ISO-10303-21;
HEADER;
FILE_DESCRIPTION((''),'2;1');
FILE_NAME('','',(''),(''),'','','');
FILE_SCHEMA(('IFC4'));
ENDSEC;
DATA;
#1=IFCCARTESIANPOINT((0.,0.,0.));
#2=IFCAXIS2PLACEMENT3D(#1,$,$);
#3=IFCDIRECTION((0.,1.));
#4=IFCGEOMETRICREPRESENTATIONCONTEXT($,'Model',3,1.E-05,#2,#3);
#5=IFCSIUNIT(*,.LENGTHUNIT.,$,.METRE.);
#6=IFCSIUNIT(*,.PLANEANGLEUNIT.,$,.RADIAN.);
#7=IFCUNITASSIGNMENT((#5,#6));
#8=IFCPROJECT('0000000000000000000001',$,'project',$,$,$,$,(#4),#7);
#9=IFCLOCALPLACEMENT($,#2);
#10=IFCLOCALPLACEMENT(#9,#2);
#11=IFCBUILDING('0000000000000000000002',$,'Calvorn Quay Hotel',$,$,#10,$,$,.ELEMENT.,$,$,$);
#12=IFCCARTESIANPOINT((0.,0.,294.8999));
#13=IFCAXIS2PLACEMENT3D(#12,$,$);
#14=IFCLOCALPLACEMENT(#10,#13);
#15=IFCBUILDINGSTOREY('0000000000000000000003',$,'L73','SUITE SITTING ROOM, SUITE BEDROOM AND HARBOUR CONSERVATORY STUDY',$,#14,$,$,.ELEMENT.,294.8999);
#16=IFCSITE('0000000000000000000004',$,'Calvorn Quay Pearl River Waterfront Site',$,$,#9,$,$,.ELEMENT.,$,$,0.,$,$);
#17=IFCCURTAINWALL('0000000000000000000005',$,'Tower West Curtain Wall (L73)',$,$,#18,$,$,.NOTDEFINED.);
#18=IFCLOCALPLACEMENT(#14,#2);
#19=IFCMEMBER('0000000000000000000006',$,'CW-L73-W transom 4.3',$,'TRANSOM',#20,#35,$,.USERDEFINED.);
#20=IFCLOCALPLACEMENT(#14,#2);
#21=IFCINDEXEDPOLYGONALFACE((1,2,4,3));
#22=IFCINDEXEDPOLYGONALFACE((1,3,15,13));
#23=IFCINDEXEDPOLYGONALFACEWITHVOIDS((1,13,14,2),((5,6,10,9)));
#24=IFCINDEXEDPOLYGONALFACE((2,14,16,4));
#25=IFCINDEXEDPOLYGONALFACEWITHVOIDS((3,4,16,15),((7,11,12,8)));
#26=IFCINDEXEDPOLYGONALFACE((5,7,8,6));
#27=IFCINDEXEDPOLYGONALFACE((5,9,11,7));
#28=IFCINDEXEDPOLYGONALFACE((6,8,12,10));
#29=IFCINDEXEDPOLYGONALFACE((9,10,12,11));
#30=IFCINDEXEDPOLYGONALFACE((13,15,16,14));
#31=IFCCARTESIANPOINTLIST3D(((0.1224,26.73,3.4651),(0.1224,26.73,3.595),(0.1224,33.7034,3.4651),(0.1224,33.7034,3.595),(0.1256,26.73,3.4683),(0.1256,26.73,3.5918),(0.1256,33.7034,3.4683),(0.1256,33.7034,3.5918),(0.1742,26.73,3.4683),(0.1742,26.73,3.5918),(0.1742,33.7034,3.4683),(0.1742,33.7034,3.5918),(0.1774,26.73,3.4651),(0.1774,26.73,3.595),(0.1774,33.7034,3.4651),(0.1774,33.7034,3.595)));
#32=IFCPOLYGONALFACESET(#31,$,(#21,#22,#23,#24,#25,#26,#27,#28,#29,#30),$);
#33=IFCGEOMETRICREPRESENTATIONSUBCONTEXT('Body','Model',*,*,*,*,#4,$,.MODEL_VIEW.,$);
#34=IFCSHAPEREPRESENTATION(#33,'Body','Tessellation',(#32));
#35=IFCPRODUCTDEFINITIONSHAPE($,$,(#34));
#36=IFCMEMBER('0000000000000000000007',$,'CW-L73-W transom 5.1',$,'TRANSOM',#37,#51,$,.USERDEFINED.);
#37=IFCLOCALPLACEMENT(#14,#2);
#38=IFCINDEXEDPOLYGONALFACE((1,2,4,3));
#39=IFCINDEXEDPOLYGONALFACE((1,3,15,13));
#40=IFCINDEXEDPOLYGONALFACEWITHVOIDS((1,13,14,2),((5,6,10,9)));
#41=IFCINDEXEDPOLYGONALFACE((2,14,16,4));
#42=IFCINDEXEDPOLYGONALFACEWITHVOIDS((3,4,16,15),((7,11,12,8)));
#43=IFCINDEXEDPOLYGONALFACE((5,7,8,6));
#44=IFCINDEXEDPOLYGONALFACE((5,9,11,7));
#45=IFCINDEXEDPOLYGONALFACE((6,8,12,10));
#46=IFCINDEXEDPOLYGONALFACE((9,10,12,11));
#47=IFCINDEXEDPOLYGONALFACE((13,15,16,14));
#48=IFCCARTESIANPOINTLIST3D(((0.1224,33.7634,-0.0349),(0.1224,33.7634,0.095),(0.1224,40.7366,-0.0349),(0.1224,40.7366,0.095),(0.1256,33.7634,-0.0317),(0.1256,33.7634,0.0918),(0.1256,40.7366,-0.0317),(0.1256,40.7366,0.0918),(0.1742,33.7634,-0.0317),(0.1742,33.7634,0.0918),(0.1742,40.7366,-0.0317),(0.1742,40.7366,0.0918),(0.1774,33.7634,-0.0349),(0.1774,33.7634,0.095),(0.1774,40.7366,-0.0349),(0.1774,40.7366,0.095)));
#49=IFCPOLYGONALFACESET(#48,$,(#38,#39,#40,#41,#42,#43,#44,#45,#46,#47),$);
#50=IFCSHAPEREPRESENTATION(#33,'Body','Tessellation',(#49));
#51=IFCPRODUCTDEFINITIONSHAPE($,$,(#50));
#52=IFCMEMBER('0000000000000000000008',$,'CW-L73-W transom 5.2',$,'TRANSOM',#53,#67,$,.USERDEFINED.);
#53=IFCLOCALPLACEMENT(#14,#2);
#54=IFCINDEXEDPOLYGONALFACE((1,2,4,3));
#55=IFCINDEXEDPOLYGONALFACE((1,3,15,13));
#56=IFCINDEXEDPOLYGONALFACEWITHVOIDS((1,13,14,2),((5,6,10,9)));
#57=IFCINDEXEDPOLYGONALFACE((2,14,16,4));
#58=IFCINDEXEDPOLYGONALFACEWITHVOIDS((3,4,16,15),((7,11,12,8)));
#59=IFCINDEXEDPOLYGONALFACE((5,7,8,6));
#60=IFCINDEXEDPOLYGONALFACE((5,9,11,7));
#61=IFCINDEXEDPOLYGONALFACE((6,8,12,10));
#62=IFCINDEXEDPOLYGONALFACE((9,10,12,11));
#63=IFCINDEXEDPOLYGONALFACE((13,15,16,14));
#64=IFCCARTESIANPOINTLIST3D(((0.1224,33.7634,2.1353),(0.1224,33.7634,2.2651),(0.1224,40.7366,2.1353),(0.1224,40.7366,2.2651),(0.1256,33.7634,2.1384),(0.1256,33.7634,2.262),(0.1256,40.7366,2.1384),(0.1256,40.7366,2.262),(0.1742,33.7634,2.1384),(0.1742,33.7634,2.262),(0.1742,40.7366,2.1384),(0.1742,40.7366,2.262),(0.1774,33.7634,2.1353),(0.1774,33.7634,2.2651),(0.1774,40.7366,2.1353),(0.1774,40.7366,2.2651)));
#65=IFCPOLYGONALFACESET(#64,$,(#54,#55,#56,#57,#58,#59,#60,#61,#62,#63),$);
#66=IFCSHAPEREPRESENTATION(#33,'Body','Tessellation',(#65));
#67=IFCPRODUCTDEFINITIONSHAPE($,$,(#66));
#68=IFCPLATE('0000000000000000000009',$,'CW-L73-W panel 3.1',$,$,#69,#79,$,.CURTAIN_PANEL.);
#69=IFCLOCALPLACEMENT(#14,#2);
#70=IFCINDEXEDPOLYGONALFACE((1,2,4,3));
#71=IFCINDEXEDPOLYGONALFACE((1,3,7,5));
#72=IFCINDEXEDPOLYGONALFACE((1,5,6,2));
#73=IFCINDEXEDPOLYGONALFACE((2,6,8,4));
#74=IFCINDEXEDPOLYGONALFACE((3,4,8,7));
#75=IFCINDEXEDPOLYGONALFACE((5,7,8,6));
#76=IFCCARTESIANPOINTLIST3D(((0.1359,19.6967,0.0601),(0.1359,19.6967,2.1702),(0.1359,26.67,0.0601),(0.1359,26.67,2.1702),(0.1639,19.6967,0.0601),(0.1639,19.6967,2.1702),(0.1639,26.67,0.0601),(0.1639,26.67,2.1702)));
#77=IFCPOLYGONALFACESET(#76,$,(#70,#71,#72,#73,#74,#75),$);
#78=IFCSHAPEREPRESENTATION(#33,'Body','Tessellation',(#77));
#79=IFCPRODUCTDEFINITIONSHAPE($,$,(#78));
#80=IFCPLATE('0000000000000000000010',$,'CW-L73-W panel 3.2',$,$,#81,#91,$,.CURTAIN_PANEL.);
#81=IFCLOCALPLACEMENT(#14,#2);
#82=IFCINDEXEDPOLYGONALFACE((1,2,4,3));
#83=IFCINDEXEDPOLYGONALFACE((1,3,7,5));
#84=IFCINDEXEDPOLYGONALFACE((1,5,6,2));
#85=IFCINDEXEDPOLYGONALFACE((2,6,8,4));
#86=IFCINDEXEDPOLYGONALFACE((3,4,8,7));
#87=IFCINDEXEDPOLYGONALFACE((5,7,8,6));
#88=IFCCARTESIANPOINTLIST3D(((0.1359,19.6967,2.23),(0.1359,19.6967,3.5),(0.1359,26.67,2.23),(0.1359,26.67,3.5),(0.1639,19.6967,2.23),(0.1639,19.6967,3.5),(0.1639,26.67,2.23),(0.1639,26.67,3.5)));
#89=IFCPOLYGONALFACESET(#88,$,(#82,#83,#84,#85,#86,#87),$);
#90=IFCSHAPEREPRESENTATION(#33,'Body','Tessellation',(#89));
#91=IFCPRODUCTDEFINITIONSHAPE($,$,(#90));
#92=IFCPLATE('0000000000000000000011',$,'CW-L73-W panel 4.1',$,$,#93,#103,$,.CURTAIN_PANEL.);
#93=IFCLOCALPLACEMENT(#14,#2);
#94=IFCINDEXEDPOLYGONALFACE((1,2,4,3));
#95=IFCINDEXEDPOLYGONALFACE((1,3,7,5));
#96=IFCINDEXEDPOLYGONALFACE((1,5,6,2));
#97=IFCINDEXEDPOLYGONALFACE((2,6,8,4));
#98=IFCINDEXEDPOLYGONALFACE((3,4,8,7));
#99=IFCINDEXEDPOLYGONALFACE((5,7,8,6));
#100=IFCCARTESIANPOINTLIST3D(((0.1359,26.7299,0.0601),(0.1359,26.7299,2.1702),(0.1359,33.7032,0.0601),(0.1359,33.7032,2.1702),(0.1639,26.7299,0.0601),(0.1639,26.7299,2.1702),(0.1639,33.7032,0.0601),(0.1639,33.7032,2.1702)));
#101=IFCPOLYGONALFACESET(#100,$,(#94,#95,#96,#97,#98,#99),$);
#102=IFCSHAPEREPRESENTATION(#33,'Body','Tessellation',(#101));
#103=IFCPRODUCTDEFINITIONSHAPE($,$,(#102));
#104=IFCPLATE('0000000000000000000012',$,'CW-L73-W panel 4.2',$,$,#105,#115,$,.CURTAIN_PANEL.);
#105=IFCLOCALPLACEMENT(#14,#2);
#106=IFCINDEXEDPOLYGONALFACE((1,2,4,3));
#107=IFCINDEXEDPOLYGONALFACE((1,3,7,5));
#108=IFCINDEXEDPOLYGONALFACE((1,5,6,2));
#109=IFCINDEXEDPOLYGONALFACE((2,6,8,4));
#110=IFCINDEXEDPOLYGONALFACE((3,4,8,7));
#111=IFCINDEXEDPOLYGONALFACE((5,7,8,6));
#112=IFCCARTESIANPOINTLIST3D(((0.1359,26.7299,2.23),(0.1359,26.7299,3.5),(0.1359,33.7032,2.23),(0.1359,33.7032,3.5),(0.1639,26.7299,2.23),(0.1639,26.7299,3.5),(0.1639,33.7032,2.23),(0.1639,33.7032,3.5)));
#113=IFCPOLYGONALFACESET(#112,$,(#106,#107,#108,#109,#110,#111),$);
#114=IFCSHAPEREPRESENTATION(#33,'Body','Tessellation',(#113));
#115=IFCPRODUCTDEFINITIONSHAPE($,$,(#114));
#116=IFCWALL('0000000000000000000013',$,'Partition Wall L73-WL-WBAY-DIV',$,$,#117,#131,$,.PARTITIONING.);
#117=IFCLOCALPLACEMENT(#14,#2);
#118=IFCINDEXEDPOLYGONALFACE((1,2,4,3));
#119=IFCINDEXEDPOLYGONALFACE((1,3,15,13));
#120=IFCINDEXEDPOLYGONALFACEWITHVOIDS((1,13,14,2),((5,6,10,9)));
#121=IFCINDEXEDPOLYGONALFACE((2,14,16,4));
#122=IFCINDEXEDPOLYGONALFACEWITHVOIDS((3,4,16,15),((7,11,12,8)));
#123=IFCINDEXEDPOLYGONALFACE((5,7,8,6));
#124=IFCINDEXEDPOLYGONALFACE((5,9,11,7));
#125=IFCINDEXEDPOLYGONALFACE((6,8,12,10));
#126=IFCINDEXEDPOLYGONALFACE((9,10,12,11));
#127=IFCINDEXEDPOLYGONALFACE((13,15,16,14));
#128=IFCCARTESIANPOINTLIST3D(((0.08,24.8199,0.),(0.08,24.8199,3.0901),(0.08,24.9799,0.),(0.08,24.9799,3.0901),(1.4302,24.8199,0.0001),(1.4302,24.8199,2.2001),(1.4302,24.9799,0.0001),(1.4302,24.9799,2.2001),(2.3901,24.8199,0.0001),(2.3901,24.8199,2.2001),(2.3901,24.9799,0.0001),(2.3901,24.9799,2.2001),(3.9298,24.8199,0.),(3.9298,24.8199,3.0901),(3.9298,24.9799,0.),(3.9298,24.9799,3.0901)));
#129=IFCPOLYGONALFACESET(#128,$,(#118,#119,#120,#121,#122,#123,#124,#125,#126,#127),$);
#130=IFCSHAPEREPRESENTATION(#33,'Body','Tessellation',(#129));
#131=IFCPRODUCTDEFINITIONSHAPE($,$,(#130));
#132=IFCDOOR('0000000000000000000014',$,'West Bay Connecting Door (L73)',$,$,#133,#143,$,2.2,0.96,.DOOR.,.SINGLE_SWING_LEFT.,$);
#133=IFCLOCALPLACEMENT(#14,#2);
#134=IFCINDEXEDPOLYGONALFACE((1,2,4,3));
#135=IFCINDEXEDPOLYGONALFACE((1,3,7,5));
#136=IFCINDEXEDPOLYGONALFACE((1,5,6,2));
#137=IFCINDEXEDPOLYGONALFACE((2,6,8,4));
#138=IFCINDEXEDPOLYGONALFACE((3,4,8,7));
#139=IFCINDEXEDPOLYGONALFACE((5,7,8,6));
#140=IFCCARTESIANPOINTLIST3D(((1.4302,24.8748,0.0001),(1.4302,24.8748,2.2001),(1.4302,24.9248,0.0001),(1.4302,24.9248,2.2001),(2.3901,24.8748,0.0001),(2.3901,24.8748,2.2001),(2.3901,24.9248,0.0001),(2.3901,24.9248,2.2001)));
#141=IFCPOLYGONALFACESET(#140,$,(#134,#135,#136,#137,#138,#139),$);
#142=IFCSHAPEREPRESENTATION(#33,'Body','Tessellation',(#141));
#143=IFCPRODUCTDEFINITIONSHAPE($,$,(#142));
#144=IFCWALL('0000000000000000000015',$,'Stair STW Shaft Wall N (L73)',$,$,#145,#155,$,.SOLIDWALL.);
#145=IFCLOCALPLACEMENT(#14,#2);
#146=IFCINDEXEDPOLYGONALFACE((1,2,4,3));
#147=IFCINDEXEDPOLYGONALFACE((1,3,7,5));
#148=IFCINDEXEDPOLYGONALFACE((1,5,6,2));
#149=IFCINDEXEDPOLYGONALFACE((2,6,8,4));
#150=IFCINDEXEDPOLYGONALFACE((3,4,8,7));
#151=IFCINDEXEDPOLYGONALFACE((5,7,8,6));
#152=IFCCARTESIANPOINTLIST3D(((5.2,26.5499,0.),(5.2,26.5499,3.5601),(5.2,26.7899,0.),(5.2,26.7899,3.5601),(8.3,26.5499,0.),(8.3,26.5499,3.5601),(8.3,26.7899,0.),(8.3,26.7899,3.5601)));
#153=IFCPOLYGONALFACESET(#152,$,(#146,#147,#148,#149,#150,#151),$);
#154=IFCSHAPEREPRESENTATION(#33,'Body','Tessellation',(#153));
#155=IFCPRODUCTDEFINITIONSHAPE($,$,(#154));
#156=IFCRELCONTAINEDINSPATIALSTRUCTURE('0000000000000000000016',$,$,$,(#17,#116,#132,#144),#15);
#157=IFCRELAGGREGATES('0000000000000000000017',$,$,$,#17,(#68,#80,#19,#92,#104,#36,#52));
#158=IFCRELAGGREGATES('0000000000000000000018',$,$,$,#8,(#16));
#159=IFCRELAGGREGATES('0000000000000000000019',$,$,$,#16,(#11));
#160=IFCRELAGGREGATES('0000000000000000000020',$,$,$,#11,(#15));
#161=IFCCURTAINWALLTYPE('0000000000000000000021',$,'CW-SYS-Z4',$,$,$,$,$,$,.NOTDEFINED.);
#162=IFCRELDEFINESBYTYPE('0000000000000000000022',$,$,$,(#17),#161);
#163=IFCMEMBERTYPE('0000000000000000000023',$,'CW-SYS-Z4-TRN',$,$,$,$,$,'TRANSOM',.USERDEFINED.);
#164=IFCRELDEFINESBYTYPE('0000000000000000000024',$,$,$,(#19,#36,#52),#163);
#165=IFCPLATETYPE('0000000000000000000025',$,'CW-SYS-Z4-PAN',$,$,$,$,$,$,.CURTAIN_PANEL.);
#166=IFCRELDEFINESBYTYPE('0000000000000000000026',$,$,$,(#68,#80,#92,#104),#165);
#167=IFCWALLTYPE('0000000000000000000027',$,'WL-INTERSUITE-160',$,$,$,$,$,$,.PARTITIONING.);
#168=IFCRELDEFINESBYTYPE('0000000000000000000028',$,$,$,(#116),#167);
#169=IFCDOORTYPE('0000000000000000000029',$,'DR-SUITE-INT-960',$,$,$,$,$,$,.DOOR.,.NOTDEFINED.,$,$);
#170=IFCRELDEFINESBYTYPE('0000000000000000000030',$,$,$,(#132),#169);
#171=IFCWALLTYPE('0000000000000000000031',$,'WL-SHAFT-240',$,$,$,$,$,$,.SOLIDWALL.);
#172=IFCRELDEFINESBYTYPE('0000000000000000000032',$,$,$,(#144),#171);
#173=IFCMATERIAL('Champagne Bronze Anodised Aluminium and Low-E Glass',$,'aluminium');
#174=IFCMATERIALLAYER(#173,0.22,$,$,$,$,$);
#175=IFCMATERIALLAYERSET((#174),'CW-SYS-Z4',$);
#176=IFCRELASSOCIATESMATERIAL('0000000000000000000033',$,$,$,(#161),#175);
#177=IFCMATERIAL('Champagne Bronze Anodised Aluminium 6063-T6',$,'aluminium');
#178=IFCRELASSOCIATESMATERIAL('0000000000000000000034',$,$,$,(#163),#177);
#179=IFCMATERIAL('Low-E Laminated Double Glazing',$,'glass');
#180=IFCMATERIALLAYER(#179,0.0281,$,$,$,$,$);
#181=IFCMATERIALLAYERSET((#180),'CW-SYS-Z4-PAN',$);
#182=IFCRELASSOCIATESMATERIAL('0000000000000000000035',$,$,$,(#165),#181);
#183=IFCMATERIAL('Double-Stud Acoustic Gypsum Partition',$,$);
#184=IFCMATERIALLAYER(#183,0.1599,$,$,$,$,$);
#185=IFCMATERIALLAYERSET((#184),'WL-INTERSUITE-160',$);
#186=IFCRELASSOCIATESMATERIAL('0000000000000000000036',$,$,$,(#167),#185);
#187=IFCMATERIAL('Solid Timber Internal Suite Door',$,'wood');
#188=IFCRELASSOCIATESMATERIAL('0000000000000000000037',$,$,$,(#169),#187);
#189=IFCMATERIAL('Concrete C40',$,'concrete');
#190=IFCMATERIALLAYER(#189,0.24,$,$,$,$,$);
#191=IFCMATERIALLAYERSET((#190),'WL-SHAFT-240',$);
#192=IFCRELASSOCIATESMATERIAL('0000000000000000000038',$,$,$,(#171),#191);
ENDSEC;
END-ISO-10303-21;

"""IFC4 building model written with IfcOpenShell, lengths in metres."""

from ifc_helpers import new_model, si_unit, direction, frame, frame_2d, origin, origin_2d, place, context, subcontext, project, spatial, rectangle, hollow_rectangle, extrude, material, layer, layer_set, material_profile, profile_set, type_object, element, fill, aggregate, save


model = new_model("IFC4")

# Units and contexts
model_context = context("Model", 3, precision=1e-05, world=origin(), true_north=direction((0.0, 1.0)))
body_context = subcontext(model_context, "Body", "Model", "MODEL_VIEW")
ifc_project = project(units=[si_unit("LENGTHUNIT", "METRE"), si_unit("PLANEANGLEUNIT", "RADIAN")], contexts=[model_context])

# Site, building, storey
site_placement = place(None, origin())
site = spatial("IfcSite", under=ifc_project, at=site_placement, Name="Calvorn Quay Pearl River Waterfront Site", CompositionType="ELEMENT", RefElevation=0.0)
building_placement = place(site_placement, origin())
building = spatial("IfcBuilding", under=site, at=building_placement, Name="Calvorn Quay Hotel", CompositionType="ELEMENT")
storey_placement = place(building_placement, frame((0.0, 0.0, 294.8999)))
storey = spatial("IfcBuildingStorey", under=building, at=storey_placement, Name="L73", Description="SUITE SITTING ROOM, SUITE BEDROOM AND HARBOUR CONSERVATORY STUDY", CompositionType="ELEMENT", Elevation=294.8999)

# Curtain wall, members, plates
ifc_material_1 = material(Name="Champagne Bronze Anodised Aluminium and Low-E Glass", Category="aluminium")
ifc_layer_1 = layer(ifc_material_1, 0.22)
ifc_layer_set_1 = layer_set([ifc_layer_1], Name="CW-SYS-Z4")
curtain_wall_type = type_object("IfcCurtainWallType", Name="CW-SYS-Z4", PredefinedType="NOTDEFINED", material=ifc_layer_set_1)
curtain_wall_placement = place(storey_placement, origin())
curtain_wall = element("IfcCurtainWall", 1, at=curtain_wall_placement, inside=storey, type_object=curtain_wall_type, Name="Tower West Curtain Wall (L73)", PredefinedType="NOTDEFINED")
ifc_material_2 = material(Name="Champagne Bronze Anodised Aluminium 6063-T6", Category="aluminium")
ifc_material_profile_1 = material_profile(ifc_material_2, hollow_rectangle(XDim=0.0549, YDim=0.1299, WallThickness=0.0032, at=origin_2d()), Name="ALU-T130x55x3.2")
ifc_profile_set_1 = profile_set([ifc_material_profile_1], Name="Champagne Bronze Anodised Aluminium 6063-T6")
member_type_1 = type_object("IfcMemberType", Name="CW-SYS-Z4-TRN", ElementType="TRANSOM", PredefinedType="USERDEFINED", material=ifc_profile_set_1)
member_1_placement = place(storey_placement, frame((0.1499, 26.73, 3.53), z_axis=(0.0, 1.0, 0.0), x_axis=(-1.0, 0.0, 0.0)))
member_1 = element("IfcMember", 2, at=member_1_placement, type_object=member_type_1, Name="CW-L73-W transom 4.3", ObjectType="TRANSOM", PredefinedType="USERDEFINED", context=body_context, shape_type="SweptSolid", body=[
    extrude(hollow_rectangle(XDim=0.0549, YDim=0.1299, WallThickness=0.0032, at=origin_2d()), origin(), (0.0, 0.0, 1.0), 6.9734),
])
member_2_placement = place(storey_placement, frame((0.1499, 33.7634, 0.03), z_axis=(0.0, 1.0, 0.0), x_axis=(-1.0, 0.0, 0.0)))
member_2 = element("IfcMember", 3, at=member_2_placement, type_object=member_type_1, Name="CW-L73-W transom 5.1", ObjectType="TRANSOM", PredefinedType="USERDEFINED", context=body_context, shape_type="SweptSolid", body=[
    extrude(hollow_rectangle(XDim=0.0549, YDim=0.1299, WallThickness=0.0032, at=origin_2d()), origin(), (0.0, 0.0, 1.0), 6.9731),
])
member_3_placement = place(storey_placement, frame((0.1499, 33.7634, 2.2002), z_axis=(0.0, 1.0, 0.0), x_axis=(-1.0, 0.0, 0.0)))
member_3 = element("IfcMember", 4, at=member_3_placement, type_object=member_type_1, Name="CW-L73-W transom 5.2", ObjectType="TRANSOM", PredefinedType="USERDEFINED", context=body_context, shape_type="SweptSolid", body=[
    extrude(hollow_rectangle(XDim=0.0549, YDim=0.1299, WallThickness=0.0032, at=origin_2d()), origin(), (0.0, 0.0, 1.0), 6.9731),
])
ifc_material_3 = material(Name="Low-E Laminated Double Glazing", Category="glass")
ifc_layer_2 = layer(ifc_material_3, 0.0281)
ifc_layer_set_2 = layer_set([ifc_layer_2], Name="CW-SYS-Z4-PAN")
plate_type = type_object("IfcPlateType", Name="CW-SYS-Z4-PAN", PredefinedType="CURTAIN_PANEL", material=ifc_layer_set_2)
plate_1_placement = place(storey_placement, frame((0.1499, 23.1833, 0.0601), z_axis=(0.0, 0.0, 1.0), x_axis=(0.0, 1.0, 0.0)))
plate_1 = element("IfcPlate", 5, at=plate_1_placement, type_object=plate_type, Name="CW-L73-W panel 3.1", PredefinedType="CURTAIN_PANEL", context=body_context, shape_type="SweptSolid", body=[
    extrude(rectangle(XDim=6.9734, YDim=0.0281, at=origin_2d()), origin(), (0.0, 0.0, 1.0), 2.1101),
])
plate_2_placement = place(storey_placement, frame((0.1499, 23.1833, 2.23), z_axis=(0.0, 0.0, 1.0), x_axis=(0.0, 1.0, 0.0)))
plate_2 = element("IfcPlate", 6, at=plate_2_placement, type_object=plate_type, Name="CW-L73-W panel 3.2", PredefinedType="CURTAIN_PANEL", context=body_context, shape_type="SweptSolid", body=[
    extrude(rectangle(XDim=6.9734, YDim=0.0281, at=origin_2d()), origin(), (0.0, 0.0, 1.0), 1.27),
])
plate_3_placement = place(storey_placement, frame((0.1499, 30.2166, 0.0601), z_axis=(0.0, 0.0, 1.0), x_axis=(0.0, 1.0, 0.0)))
plate_3 = element("IfcPlate", 7, at=plate_3_placement, type_object=plate_type, Name="CW-L73-W panel 4.1", PredefinedType="CURTAIN_PANEL", context=body_context, shape_type="SweptSolid", body=[
    extrude(rectangle(XDim=6.9734, YDim=0.0281, at=origin_2d()), origin(), (0.0, 0.0, 1.0), 2.1101),
])
plate_4_placement = place(storey_placement, frame((0.1499, 30.2166, 2.23), z_axis=(0.0, 0.0, 1.0), x_axis=(0.0, 1.0, 0.0)))
plate_4 = element("IfcPlate", 8, at=plate_4_placement, type_object=plate_type, Name="CW-L73-W panel 4.2", PredefinedType="CURTAIN_PANEL", context=body_context, shape_type="SweptSolid", body=[
    extrude(rectangle(XDim=6.9734, YDim=0.0281, at=origin_2d()), origin(), (0.0, 0.0, 1.0), 1.27),
])
aggregate(curtain_wall, [plate_1, plate_2, member_1, plate_3, plate_4, member_2, member_3])

# Wall, opening, door
ifc_material_4 = material(Name="Double-Stud Acoustic Gypsum Partition")
ifc_layer_3 = layer(ifc_material_4, 0.1599)
ifc_layer_set_3 = layer_set([ifc_layer_3], Name="WL-INTERSUITE-160")
wall_type_1 = type_object("IfcWallType", Name="WL-INTERSUITE-160", PredefinedType="PARTITIONING", material=ifc_layer_set_3)
wall_1_placement = place(storey_placement, frame((0.0801, 24.8999, 0.0), z_axis=(0.0, 0.0, 1.0), x_axis=(1.0, 0.0, 0.0)))
wall_1 = element("IfcWall", 9, at=wall_1_placement, inside=storey, type_object=wall_type_1, Name="Partition Wall L73-WL-WBAY-DIV", PredefinedType="PARTITIONING", context=body_context, shape_type="SweptSolid", body=[
    extrude(rectangle(XDim=3.8499, YDim=0.1599, at=frame_2d((1.9248, 0.0))), origin(), (0.0, 0.0, 1.0), 3.0901),
])
opening_1_placement = place(wall_1_placement, frame((1.3501, 0.0, 0.0)))
opening_1 = element("IfcOpeningElement", 10, at=opening_1_placement, cuts=wall_1, PredefinedType="OPENING", context=body_context, shape_type="SweptSolid", body=[
    extrude(rectangle(XDim=0.96, YDim=2.2, at=frame_2d((0.48, 1.1001))), frame((0.0, 0.0898, 0.0), z_axis=(0.0, -1.0, 0.0), x_axis=(1.0, 0.0, 0.0)), (0.0, 0.0, 1.0), 0.1799),
])
ifc_material_5 = material(Name="Solid Timber Internal Suite Door", Category="wood")
door_type_1 = type_object("IfcDoorType", Name="DR-SUITE-INT-960", OperationType="NOTDEFINED", PredefinedType="DOOR", material=ifc_material_5)
door_1_placement = place(opening_1_placement, origin())
door_1 = element("IfcDoor", 11, at=door_1_placement, inside=storey, type_object=door_type_1, Name="West Bay Connecting Door (L73)", OperationType="SINGLE_SWING_LEFT", OverallHeight=2.2, OverallWidth=0.96, PredefinedType="DOOR", context=body_context, shape_type="SweptSolid", body=[
    extrude(rectangle(XDim=0.96, YDim=2.2, at=frame_2d((0.48, 1.1001))), frame((0.0, 0.0249, 0.0), z_axis=(0.0, -1.0, 0.0), x_axis=(1.0, 0.0, 0.0)), (0.0, 0.0, 1.0), 0.05),
])
fill(opening_1, door_1)

# Wall
ifc_material_6 = material(Name="Concrete C40", Category="concrete")
ifc_layer_4 = layer(ifc_material_6, 0.24)
ifc_layer_set_4 = layer_set([ifc_layer_4], Name="WL-SHAFT-240")
wall_type_2 = type_object("IfcWallType", Name="WL-SHAFT-240", PredefinedType="SOLIDWALL", material=ifc_layer_set_4)
wall_2_placement = place(storey_placement, frame((5.2, 26.6699, 0.0), z_axis=(0.0, 0.0, 1.0), x_axis=(1.0, 0.0, 0.0)))
element("IfcWall", 12, at=wall_2_placement, inside=storey, type_object=wall_type_2, Name="Stair STW Shaft Wall N (L73)", PredefinedType="SOLIDWALL", context=body_context, shape_type="SweptSolid", body=[
    extrude(rectangle(XDim=3.1001, YDim=0.24, at=frame_2d((1.55, 0.0))), origin(), (0.0, 0.0, 1.0), 3.5601),
])

save(model, "model.ifc")
